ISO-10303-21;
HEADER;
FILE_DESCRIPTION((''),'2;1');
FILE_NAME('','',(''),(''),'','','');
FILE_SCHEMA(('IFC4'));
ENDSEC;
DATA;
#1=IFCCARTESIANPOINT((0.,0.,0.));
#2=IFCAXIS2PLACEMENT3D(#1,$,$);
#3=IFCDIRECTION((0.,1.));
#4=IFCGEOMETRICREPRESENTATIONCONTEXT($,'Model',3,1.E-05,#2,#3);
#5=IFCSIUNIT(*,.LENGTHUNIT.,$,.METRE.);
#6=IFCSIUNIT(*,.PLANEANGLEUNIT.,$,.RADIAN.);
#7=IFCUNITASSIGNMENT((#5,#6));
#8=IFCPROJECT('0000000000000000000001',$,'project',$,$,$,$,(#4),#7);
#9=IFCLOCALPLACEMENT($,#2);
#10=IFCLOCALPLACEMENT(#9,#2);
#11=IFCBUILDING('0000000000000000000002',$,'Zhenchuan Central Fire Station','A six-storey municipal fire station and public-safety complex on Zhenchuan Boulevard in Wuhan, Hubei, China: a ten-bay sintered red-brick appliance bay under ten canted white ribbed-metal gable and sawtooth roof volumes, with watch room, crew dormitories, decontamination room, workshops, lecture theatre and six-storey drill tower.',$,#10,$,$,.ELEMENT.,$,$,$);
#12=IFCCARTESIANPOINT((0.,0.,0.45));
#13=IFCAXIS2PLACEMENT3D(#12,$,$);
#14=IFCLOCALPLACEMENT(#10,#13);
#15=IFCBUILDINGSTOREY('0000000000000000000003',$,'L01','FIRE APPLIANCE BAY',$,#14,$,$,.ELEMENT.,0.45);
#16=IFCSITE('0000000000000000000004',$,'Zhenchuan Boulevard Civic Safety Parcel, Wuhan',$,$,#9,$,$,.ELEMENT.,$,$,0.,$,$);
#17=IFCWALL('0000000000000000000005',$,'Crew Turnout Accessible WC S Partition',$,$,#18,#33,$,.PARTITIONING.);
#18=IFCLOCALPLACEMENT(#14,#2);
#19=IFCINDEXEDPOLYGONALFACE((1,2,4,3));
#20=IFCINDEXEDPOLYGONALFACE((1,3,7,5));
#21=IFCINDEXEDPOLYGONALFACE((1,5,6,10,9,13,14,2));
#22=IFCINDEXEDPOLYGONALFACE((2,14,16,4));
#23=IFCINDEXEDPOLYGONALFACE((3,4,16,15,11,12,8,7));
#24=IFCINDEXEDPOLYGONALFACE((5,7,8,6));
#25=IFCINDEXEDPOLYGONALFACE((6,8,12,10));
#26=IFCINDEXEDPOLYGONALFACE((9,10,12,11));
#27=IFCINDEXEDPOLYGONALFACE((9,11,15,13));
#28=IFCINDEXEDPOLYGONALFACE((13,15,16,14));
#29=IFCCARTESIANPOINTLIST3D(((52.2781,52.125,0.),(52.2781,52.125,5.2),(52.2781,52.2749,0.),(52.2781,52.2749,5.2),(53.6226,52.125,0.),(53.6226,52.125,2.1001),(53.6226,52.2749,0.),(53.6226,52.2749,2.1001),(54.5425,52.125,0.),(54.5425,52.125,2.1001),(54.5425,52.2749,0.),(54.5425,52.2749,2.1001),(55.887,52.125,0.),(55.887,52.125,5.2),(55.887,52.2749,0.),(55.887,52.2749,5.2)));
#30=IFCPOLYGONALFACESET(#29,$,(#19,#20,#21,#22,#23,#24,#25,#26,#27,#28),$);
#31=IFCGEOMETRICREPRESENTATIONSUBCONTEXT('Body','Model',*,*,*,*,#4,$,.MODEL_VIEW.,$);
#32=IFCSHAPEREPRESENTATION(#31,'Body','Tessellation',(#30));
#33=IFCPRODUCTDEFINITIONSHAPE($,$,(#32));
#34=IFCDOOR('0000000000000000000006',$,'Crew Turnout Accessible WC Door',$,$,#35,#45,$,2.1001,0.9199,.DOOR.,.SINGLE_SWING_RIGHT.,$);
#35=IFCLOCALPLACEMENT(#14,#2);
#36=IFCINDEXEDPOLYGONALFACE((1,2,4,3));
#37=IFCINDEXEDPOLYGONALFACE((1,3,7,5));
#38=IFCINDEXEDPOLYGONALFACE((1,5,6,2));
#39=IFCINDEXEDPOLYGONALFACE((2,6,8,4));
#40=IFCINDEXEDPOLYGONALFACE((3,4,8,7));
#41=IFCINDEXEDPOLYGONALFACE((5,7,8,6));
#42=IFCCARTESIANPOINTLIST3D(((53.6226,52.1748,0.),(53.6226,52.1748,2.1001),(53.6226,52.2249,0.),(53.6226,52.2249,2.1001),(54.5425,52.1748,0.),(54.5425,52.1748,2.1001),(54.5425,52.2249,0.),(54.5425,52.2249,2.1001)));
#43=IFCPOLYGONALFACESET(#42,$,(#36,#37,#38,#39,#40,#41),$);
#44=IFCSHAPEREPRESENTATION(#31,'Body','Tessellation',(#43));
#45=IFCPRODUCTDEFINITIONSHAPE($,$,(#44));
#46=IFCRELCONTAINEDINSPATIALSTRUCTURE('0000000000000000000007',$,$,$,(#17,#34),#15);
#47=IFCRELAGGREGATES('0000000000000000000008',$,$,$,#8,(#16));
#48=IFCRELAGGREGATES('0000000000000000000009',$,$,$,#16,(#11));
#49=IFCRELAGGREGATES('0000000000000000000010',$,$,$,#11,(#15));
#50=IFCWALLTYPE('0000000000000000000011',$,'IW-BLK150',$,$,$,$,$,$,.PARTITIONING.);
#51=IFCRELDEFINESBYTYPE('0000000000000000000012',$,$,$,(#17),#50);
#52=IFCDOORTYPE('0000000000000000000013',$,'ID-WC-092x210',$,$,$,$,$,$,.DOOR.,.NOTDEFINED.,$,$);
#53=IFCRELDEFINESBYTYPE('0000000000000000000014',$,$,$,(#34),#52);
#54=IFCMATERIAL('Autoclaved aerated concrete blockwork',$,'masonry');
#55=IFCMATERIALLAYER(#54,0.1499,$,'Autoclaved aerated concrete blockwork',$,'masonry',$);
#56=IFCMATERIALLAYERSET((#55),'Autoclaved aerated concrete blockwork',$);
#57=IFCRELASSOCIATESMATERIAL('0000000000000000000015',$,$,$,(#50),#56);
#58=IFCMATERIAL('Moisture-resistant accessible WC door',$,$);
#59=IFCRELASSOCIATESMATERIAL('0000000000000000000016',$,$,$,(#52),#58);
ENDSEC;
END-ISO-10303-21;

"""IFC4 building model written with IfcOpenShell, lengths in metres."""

from ifc_helpers import new_model, si_unit, direction, frame, frame_2d, origin, place, context, subcontext, project, spatial, rectangle, extrude, material, layer, layer_set, type_object, element, fill, save


model = new_model("IFC4")

# Units and contexts
model_context = context("Model", 3, precision=1e-05, world=origin(), true_north=direction((0.0, 1.0)))
body_context = subcontext(model_context, "Body", "Model", "MODEL_VIEW")
ifc_project = project(units=[si_unit("LENGTHUNIT", "METRE"), si_unit("PLANEANGLEUNIT", "RADIAN")], contexts=[model_context])

# Site, building, storey
site_placement = place(None, origin())
site = spatial("IfcSite", under=ifc_project, at=site_placement, Name="Zhenchuan Boulevard Civic Safety Parcel, Wuhan", CompositionType="ELEMENT", RefElevation=0.0)
building_placement = place(site_placement, origin())
building = spatial("IfcBuilding", under=site, at=building_placement, Name="Zhenchuan Central Fire Station", Description="A six-storey municipal fire station and public-safety complex on Zhenchuan Boulevard in Wuhan, Hubei, China: a ten-bay sintered red-brick appliance bay under ten canted white ribbed-metal gable and sawtooth roof volumes, with watch room, crew dormitories, decontamination room, workshops, lecture theatre and six-storey drill tower.", CompositionType="ELEMENT")
storey_placement = place(building_placement, frame((0.0, 0.0, 0.45)))
storey = spatial("IfcBuildingStorey", under=building, at=storey_placement, Name="L01", Description="FIRE APPLIANCE BAY", CompositionType="ELEMENT", Elevation=0.45)

# Shared definitions
ifc_material_1 = material(Name="Autoclaved aerated concrete blockwork", Category="masonry")
ifc_layer_1 = layer(ifc_material_1, 0.1499, Name="Autoclaved aerated concrete blockwork", Category="masonry")
ifc_layer_set_1 = layer_set([ifc_layer_1], Name="Autoclaved aerated concrete blockwork")
wall_type_1 = type_object("IfcWallType", Name="IW-BLK150", PredefinedType="PARTITIONING", material=ifc_layer_set_1)

# Wall, opening, door
wall_1_placement = place(storey_placement, frame((52.2781, 52.2, 0.0), z_axis=(0.0, 0.0, 1.0), x_axis=(1.0, 0.0, 0.0)))
wall_1 = element("IfcWall", 1, at=wall_1_placement, inside=storey, type_object=wall_type_1, Name="Crew Turnout Accessible WC S Partition", PredefinedType="PARTITIONING", context=body_context, shape_type="SweptSolid", body=[
    extrude(rectangle(XDim=3.6089, YDim=0.1499, at=frame_2d((1.8044, 0.0))), origin(), (0.0, 0.0, 1.0), 5.2),
])
opening_1_placement = place(wall_1_placement, frame((1.3445, 0.0, 0.0)))
opening_1 = element("IfcOpeningElement", 2, at=opening_1_placement, cuts=wall_1, PredefinedType="OPENING", context=body_context, shape_type="SweptSolid", body=[
    extrude(rectangle(XDim=0.9199, YDim=2.1001, at=frame_2d((0.46, 1.05))), frame((0.0, 0.085, 0.0), z_axis=(0.0, -1.0, 0.0), x_axis=(1.0, 0.0, 0.0)), (0.0, 0.0, 1.0), 0.1699),
])
ifc_material_2 = material(Name="Moisture-resistant accessible WC door")
door_type_1 = type_object("IfcDoorType", Name="ID-WC-092x210", OperationType="NOTDEFINED", PredefinedType="DOOR", material=ifc_material_2)
door_1_placement = place(opening_1_placement, origin())
door_1 = element("IfcDoor", 3, at=door_1_placement, inside=storey, type_object=door_type_1, Name="Crew Turnout Accessible WC Door", OperationType="SINGLE_SWING_RIGHT", OverallHeight=2.1001, OverallWidth=0.9199, PredefinedType="DOOR", context=body_context, shape_type="SweptSolid", body=[
    extrude(rectangle(XDim=0.9199, YDim=2.1001, at=frame_2d((0.46, 1.05))), frame((0.0, 0.0249, 0.0), z_axis=(0.0, -1.0, 0.0), x_axis=(1.0, 0.0, 0.0)), (0.0, 0.0, 1.0), 0.05),
])
fill(opening_1, door_1)

save(model, "model.ifc")
